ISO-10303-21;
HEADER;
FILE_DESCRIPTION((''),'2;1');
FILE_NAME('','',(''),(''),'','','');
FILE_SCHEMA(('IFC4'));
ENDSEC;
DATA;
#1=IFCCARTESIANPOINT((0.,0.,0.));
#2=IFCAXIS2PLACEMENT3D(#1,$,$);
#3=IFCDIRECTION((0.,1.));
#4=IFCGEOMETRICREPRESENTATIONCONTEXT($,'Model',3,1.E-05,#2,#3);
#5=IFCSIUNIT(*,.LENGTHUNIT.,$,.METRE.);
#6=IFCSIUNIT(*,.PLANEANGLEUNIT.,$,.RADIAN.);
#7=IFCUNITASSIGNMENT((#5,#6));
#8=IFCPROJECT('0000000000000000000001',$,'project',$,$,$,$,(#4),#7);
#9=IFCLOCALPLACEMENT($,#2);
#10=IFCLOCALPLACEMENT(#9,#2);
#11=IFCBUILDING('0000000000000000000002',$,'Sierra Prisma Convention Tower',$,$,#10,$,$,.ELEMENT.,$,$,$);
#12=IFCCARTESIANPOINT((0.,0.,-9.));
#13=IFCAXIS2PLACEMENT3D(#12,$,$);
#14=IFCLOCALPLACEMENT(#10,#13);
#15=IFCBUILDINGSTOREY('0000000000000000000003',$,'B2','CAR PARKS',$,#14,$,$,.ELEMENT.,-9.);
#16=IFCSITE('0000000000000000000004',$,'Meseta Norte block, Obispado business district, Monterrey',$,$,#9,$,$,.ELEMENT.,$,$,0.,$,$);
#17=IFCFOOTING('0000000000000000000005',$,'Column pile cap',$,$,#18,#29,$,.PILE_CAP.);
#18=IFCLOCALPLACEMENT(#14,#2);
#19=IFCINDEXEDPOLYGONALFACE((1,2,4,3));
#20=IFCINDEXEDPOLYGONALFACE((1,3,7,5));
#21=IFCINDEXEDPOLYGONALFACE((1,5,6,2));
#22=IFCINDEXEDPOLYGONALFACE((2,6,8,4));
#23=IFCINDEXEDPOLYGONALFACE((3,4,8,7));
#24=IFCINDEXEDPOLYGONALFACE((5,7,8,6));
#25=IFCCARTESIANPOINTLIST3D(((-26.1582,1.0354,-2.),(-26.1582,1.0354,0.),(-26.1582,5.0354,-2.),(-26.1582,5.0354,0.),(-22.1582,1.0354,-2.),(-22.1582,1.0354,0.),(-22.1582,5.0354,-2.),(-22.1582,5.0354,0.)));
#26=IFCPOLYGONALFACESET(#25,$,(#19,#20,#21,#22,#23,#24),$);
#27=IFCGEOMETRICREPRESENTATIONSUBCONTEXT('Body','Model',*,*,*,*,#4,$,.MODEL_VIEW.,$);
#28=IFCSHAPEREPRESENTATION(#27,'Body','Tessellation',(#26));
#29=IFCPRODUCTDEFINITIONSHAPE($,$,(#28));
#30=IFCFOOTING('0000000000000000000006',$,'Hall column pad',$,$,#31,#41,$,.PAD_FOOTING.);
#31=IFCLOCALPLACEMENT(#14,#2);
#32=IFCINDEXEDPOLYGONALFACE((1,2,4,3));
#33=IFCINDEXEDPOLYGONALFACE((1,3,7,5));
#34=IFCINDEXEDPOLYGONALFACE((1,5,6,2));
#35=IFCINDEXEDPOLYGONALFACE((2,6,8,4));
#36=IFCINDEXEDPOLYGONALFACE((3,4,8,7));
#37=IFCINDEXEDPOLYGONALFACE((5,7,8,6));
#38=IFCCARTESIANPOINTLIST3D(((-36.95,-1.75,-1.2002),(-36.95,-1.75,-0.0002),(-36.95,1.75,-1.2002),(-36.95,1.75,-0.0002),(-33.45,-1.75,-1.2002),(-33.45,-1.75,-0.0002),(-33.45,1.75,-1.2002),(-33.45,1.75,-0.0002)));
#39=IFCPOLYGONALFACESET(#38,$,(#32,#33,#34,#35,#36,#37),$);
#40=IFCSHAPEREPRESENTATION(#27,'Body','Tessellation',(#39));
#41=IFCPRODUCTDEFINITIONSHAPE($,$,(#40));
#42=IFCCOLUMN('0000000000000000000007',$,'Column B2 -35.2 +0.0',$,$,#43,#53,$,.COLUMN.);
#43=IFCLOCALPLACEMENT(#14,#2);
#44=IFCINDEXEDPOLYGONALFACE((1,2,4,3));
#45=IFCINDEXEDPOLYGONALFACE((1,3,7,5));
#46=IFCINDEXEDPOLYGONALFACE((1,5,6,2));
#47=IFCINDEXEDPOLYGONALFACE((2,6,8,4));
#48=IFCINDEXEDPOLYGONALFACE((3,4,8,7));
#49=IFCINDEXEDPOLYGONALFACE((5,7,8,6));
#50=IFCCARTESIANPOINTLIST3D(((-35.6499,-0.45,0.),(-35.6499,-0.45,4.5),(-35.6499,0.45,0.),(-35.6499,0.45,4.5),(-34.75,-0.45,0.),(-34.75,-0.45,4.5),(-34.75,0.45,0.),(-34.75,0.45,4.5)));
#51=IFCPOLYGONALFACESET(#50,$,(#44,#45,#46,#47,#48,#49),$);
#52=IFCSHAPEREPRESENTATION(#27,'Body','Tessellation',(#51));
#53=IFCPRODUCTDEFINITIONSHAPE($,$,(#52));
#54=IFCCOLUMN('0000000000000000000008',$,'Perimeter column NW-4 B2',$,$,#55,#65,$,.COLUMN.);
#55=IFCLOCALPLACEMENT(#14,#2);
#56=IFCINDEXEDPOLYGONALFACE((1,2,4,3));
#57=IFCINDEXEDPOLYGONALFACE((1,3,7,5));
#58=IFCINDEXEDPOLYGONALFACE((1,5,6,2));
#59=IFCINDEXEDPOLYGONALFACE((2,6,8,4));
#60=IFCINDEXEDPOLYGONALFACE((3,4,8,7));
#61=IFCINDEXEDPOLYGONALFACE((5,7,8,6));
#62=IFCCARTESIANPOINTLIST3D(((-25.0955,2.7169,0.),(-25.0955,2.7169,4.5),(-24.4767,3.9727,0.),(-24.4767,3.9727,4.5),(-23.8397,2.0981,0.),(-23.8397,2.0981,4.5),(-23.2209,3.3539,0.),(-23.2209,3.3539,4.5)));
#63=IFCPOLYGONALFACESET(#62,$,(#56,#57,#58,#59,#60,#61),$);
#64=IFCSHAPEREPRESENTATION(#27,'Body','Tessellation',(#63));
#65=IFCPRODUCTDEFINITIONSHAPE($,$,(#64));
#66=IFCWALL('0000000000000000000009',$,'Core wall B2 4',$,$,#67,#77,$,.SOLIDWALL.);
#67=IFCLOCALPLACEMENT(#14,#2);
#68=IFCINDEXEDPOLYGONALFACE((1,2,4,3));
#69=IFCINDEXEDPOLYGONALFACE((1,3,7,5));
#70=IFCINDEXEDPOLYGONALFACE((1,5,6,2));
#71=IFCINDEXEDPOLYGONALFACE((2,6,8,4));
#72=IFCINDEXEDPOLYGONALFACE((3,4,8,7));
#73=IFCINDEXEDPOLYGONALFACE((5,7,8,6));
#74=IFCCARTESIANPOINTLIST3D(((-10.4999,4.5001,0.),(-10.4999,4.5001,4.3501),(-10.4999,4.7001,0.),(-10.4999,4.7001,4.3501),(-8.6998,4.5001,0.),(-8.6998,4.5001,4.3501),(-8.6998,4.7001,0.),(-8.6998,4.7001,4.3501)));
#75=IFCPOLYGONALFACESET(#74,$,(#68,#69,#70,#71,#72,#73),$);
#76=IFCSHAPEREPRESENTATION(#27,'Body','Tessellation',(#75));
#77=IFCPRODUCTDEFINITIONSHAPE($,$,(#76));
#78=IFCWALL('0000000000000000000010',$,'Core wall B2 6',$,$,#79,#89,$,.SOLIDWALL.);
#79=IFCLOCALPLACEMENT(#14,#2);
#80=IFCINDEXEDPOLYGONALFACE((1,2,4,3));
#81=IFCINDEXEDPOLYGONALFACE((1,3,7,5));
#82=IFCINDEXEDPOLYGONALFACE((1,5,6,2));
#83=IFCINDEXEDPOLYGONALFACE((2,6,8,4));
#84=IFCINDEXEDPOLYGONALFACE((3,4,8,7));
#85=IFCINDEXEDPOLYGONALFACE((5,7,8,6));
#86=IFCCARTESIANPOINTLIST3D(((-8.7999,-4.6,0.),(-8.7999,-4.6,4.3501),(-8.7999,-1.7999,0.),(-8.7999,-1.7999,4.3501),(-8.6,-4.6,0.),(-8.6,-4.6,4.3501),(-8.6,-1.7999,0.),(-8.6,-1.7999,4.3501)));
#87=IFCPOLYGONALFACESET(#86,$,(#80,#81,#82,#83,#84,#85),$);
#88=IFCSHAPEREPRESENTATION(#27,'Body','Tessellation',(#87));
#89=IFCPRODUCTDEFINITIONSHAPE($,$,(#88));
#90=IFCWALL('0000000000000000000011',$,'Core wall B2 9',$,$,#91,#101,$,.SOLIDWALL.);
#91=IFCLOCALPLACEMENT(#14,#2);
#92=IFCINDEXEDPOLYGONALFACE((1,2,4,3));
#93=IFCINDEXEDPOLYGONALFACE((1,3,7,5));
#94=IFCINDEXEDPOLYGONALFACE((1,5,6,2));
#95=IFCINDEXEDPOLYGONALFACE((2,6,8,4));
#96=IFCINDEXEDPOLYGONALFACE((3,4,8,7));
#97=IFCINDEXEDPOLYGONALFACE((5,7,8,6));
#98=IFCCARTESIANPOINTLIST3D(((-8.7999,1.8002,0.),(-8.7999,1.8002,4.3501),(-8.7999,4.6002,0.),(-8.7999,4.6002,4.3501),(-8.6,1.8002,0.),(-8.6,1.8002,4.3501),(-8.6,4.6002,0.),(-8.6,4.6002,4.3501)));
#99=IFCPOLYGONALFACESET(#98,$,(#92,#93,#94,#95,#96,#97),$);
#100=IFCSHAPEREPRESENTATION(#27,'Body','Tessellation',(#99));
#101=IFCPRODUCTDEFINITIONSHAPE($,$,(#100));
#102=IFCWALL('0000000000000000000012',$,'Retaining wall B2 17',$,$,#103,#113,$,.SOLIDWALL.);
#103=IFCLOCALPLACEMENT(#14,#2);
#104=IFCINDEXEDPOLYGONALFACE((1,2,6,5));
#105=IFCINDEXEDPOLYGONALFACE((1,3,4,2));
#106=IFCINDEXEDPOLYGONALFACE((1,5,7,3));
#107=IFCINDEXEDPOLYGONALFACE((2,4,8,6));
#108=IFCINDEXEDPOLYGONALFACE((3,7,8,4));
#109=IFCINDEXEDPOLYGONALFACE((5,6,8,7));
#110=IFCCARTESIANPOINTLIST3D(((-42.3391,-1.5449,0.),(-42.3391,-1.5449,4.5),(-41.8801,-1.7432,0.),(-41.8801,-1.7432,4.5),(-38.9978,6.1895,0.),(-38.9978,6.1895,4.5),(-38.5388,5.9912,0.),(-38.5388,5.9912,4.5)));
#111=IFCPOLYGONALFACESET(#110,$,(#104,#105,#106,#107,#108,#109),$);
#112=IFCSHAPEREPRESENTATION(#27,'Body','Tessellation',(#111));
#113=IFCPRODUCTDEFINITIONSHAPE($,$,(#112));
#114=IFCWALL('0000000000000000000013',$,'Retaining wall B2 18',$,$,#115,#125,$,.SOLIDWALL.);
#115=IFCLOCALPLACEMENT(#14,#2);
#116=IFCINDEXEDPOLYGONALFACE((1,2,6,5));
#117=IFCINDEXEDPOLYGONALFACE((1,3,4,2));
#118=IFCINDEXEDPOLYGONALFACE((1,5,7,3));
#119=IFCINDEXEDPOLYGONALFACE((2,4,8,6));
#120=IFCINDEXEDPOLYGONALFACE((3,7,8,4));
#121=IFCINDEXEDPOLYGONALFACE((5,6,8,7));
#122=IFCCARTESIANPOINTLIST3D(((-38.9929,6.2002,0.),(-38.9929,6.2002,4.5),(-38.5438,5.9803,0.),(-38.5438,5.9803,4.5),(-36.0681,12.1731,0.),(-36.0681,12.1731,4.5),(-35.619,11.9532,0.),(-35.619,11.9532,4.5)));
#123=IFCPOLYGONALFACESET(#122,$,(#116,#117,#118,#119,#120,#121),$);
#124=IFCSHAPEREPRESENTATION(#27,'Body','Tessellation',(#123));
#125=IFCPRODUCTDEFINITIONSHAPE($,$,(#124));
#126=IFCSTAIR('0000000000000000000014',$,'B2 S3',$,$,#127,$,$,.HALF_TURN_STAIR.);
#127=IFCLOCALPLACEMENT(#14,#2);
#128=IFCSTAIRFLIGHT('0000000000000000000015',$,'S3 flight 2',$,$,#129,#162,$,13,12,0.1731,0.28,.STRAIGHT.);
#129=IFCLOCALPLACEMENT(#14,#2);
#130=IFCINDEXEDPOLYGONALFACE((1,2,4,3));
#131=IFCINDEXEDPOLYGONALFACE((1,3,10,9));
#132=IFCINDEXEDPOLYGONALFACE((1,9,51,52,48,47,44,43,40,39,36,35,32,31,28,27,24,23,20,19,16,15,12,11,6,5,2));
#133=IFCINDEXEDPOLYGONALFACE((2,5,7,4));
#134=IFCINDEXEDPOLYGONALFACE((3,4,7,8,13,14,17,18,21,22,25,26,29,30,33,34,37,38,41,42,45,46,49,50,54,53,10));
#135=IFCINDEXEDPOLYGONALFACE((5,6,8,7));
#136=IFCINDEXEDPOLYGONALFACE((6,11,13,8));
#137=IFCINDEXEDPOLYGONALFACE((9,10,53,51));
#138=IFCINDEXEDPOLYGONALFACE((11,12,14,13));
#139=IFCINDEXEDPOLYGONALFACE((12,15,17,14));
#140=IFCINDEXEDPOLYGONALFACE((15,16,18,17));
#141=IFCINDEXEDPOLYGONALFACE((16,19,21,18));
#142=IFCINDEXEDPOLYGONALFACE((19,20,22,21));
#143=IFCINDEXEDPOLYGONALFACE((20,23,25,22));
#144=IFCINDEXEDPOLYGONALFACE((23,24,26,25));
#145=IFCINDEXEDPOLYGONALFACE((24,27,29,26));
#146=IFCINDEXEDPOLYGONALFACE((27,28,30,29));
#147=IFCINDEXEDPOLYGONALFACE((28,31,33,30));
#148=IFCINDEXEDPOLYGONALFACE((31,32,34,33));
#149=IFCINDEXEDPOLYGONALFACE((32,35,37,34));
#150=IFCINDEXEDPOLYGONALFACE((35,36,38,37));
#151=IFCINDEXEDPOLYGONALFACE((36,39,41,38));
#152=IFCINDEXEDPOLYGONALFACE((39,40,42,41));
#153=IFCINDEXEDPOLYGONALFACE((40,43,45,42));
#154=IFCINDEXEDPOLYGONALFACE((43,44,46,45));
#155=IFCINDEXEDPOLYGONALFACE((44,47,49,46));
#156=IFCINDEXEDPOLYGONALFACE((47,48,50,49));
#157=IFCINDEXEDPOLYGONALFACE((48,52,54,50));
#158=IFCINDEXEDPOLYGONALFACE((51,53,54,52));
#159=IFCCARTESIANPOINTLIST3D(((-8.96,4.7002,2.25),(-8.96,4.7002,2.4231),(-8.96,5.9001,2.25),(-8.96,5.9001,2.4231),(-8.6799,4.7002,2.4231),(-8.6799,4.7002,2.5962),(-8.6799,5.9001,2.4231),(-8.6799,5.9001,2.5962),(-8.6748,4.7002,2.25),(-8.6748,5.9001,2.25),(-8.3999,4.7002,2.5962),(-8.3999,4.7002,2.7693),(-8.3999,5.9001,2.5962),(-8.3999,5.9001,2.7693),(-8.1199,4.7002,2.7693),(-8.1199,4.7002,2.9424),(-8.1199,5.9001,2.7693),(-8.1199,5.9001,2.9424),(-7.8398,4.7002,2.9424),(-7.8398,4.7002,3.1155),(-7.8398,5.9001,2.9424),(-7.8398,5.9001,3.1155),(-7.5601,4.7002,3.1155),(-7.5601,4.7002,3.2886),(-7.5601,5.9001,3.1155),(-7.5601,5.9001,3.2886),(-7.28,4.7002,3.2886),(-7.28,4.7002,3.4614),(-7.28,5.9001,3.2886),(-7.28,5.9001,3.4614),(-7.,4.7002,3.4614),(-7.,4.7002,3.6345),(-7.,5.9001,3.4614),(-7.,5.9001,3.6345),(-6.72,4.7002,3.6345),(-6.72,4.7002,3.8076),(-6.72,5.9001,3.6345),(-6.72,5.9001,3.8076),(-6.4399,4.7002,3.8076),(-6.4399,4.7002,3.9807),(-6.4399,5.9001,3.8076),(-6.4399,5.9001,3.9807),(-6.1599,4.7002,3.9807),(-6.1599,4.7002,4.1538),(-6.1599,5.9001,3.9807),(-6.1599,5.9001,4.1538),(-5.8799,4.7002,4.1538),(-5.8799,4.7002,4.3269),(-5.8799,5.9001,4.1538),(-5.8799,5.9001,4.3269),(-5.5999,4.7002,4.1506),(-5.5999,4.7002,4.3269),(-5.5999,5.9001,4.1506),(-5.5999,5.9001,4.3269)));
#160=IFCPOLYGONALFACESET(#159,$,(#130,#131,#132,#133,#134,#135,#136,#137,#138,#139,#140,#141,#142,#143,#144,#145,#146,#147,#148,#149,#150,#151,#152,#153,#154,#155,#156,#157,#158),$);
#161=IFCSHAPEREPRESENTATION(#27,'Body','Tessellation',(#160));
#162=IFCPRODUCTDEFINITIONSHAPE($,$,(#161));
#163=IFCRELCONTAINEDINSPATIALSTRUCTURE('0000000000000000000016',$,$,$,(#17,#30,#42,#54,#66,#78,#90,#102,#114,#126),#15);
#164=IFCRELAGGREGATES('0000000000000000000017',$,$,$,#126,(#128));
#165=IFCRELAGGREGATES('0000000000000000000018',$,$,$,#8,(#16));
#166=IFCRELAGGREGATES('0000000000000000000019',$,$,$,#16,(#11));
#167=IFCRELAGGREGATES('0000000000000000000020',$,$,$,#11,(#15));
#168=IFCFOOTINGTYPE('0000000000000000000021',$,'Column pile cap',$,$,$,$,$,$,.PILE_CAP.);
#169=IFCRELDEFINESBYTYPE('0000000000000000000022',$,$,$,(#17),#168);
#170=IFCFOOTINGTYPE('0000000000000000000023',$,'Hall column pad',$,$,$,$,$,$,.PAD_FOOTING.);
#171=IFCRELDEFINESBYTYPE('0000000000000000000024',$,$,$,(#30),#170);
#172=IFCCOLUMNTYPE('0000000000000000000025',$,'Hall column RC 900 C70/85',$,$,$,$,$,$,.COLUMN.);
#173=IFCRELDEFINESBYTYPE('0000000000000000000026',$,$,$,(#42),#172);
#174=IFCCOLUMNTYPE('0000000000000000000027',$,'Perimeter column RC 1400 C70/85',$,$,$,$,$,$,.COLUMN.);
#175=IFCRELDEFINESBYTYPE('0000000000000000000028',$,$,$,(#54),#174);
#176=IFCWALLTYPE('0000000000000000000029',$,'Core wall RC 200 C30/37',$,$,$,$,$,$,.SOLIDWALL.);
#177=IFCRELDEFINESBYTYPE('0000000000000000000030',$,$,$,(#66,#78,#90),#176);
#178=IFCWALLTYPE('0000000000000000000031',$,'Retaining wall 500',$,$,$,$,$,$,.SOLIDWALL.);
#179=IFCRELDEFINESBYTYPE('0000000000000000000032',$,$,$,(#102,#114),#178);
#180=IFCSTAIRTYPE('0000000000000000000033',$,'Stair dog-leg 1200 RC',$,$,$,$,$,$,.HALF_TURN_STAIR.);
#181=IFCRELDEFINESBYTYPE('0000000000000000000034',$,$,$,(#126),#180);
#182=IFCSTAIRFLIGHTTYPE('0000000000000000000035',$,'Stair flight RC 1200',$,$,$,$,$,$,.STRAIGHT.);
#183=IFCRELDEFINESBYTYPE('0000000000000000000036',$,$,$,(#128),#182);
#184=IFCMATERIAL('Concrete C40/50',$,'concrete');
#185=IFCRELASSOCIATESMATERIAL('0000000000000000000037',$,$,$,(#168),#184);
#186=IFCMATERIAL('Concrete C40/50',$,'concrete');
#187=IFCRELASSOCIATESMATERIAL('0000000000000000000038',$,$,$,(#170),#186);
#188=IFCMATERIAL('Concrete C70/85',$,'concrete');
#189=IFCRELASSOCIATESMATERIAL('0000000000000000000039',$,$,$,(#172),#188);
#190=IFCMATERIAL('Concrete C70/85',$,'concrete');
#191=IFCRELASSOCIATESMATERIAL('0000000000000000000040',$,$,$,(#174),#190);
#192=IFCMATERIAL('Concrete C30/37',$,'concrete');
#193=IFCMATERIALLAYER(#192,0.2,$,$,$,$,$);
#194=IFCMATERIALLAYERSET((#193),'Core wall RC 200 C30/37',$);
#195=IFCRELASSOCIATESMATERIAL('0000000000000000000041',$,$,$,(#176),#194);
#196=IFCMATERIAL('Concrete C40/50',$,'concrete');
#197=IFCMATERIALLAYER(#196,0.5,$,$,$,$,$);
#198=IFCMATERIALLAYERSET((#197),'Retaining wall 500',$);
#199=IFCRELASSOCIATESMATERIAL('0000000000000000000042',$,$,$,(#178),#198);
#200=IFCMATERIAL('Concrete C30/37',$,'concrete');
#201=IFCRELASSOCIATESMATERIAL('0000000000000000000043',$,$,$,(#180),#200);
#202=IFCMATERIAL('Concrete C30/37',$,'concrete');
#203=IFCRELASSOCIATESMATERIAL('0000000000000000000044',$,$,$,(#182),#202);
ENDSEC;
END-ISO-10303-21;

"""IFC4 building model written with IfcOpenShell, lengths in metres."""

from ifc_helpers import new_model, si_unit, direction, frame, frame_2d, origin, origin_2d, place, context, subcontext, project, spatial, polyline, rectangle, outline, extrude, material, layer, layer_set, material_profile, profile_set, type_object, element, aggregate, save


model = new_model("IFC4")

# Units and contexts
model_context = context("Model", 3, precision=1e-05, world=origin(), true_north=direction((0.0, 1.0)))
body_context = subcontext(model_context, "Body", "Model", "MODEL_VIEW")
ifc_project = project(units=[si_unit("LENGTHUNIT", "METRE"), si_unit("PLANEANGLEUNIT", "RADIAN")], contexts=[model_context])

# Site, building, storey
site_placement = place(None, origin())
site = spatial("IfcSite", under=ifc_project, at=site_placement, Name="Meseta Norte block, Obispado business district, Monterrey", CompositionType="ELEMENT", RefElevation=0.0)
building_placement = place(site_placement, origin())
building = spatial("IfcBuilding", under=site, at=building_placement, Name="Sierra Prisma Convention Tower", CompositionType="ELEMENT")
storey_placement = place(building_placement, frame((0.0, 0.0, -9.0)))
storey = spatial("IfcBuildingStorey", under=building, at=storey_placement, Name="B2", Description="CAR PARKS", CompositionType="ELEMENT", Elevation=-9.0)

# Footings
ifc_material_1 = material(Name="Concrete C40/50", Category="concrete")
footing_type_1 = type_object("IfcFootingType", Name="Column pile cap", PredefinedType="PILE_CAP", material=ifc_material_1)
footing_1_placement = place(storey_placement, frame((-24.1582, 3.0354, -2.0), z_axis=(0.0, 0.0, 1.0), x_axis=(1.0, 0.0, 0.0)))
element("IfcFooting", 1, at=footing_1_placement, inside=storey, type_object=footing_type_1, Name="Column pile cap", PredefinedType="PILE_CAP", context=body_context, shape_type="SweptSolid", body=[
    extrude(rectangle(XDim=4.0, YDim=4.0, at=origin_2d()), origin(), (0.0, 0.0, 1.0), 2.0),
])
ifc_material_2 = material(Name="Concrete C40/50", Category="concrete")
footing_type_2 = type_object("IfcFootingType", Name="Hall column pad", PredefinedType="PAD_FOOTING", material=ifc_material_2)
footing_2_placement = place(storey_placement, frame((-35.2, 0.0, -1.2002), z_axis=(0.0, 0.0, 1.0), x_axis=(1.0, 0.0, 0.0)))
element("IfcFooting", 2, at=footing_2_placement, inside=storey, type_object=footing_type_2, Name="Hall column pad", PredefinedType="PAD_FOOTING", context=body_context, shape_type="SweptSolid", body=[
    extrude(rectangle(XDim=3.5, YDim=3.5, at=origin_2d()), origin(), (0.0, 0.0, 1.0), 1.2),
])

# Columns
ifc_material_3 = material(Name="Concrete C70/85", Category="concrete")
ifc_material_profile_1 = material_profile(ifc_material_3, rectangle(XDim=0.8999, YDim=0.8999, at=origin_2d()), Name="Hall column RC 900 C70/85")
ifc_profile_set_1 = profile_set([ifc_material_profile_1], Name="Concrete C70/85")
column_type_1 = type_object("IfcColumnType", Name="Hall column RC 900 C70/85", PredefinedType="COLUMN", material=ifc_profile_set_1)
column_1_placement = place(storey_placement, frame((-35.2, 0.0, 0.0), z_axis=(0.0, 0.0, 1.0), x_axis=(1.0, 0.0, 0.0)))
element("IfcColumn", 3, at=column_1_placement, inside=storey, type_object=column_type_1, Name="Column B2 -35.2 +0.0", PredefinedType="COLUMN", context=body_context, shape_type="SweptSolid", body=[
    extrude(rectangle(XDim=0.8999, YDim=0.8999, at=origin_2d()), origin(), (0.0, 0.0, 1.0), 4.5),
])
ifc_material_4 = material(Name="Concrete C70/85", Category="concrete")
ifc_material_profile_2 = material_profile(ifc_material_4, rectangle(XDim=1.3999, YDim=1.3999, at=origin_2d()), Name="Perimeter column RC 1400 C70/85")
ifc_profile_set_2 = profile_set([ifc_material_profile_2], Name="Concrete C70/85")
column_type_2 = type_object("IfcColumnType", Name="Perimeter column RC 1400 C70/85", PredefinedType="COLUMN", material=ifc_profile_set_2)
column_2_placement = place(storey_placement, frame((-24.1582, 3.0354, 0.0), z_axis=(0.0, 0.0, 1.0), x_axis=(0.442023, 0.897004, 0.0)))
element("IfcColumn", 4, at=column_2_placement, inside=storey, type_object=column_type_2, Name="Perimeter column NW-4 B2", PredefinedType="COLUMN", context=body_context, shape_type="SweptSolid", body=[
    extrude(rectangle(XDim=1.3999, YDim=1.3999, at=origin_2d()), origin(), (0.0, 0.0, 1.0), 4.5),
])

# Shared definitions
ifc_material_5 = material(Name="Concrete C30/37", Category="concrete")
ifc_layer_1 = layer(ifc_material_5, 0.2)
ifc_layer_set_1 = layer_set([ifc_layer_1], Name="Core wall RC 200 C30/37")
wall_type_1 = type_object("IfcWallType", Name="Core wall RC 200 C30/37", PredefinedType="SOLIDWALL", material=ifc_layer_set_1)

# Walls
wall_1_placement = place(storey_placement, frame((-8.7, 4.6001, 0.0), z_axis=(0.0, 0.0, 1.0), x_axis=(-1.0, 0.0, 0.0)))
element("IfcWall", 5, at=wall_1_placement, inside=storey, type_object=wall_type_1, Name="Core wall B2 4", PredefinedType="SOLIDWALL", context=body_context, shape_type="SweptSolid", body=[
    extrude(rectangle(XDim=1.8, YDim=0.2, at=frame_2d((0.8999, 0.0))), origin(), (0.0, 0.0, 1.0), 4.3501),
])
wall_2_placement = place(storey_placement, frame((-8.7, -1.8, 0.0), z_axis=(0.0, 0.0, 1.0), x_axis=(0.0, -1.0, 0.0)))
element("IfcWall", 6, at=wall_2_placement, inside=storey, type_object=wall_type_1, Name="Core wall B2 6", PredefinedType="SOLIDWALL", context=body_context, shape_type="SweptSolid", body=[
    extrude(rectangle(XDim=2.8, YDim=0.2, at=frame_2d((1.3999, 0.0))), origin(), (0.0, 0.0, 1.0), 4.3501),
])

# Walls
wall_3_placement = place(storey_placement, frame((-8.7, 4.6001, 0.0), z_axis=(0.0, 0.0, 1.0), x_axis=(0.0, -1.0, 0.0)))
element("IfcWall", 7, at=wall_3_placement, inside=storey, type_object=wall_type_1, Name="Core wall B2 9", PredefinedType="SOLIDWALL", context=body_context, shape_type="SweptSolid", body=[
    extrude(rectangle(XDim=2.8, YDim=0.2, at=frame_2d((1.3999, 0.0))), origin(), (0.0, 0.0, 1.0), 4.3501),
])
ifc_material_6 = material(Name="Concrete C40/50", Category="concrete")
ifc_layer_2 = layer(ifc_material_6, 0.5)
ifc_layer_set_2 = layer_set([ifc_layer_2], Name="Retaining wall 500")
wall_type_2 = type_object("IfcWallType", Name="Retaining wall 500", PredefinedType="SOLIDWALL", material=ifc_layer_set_2)
wall_4_placement = place(storey_placement, frame((-42.1096, -1.644, 0.0), z_axis=(0.0, 0.0, 1.0), x_axis=(0.396583, 0.917999, 0.0)))
element("IfcWall", 8, at=wall_4_placement, inside=storey, type_object=wall_type_2, Name="Retaining wall B2 17", PredefinedType="SOLIDWALL", context=body_context, shape_type="SweptSolid", body=[
    extrude(rectangle(XDim=8.4253, YDim=0.5, at=frame_2d((4.2126, 0.0))), origin(), (0.0, 0.0, 1.0), 4.5),
])
wall_5_placement = place(storey_placement, frame((-38.7683, 6.0903, 0.0), z_axis=(0.0, 0.0, 1.0), x_axis=(0.439783, 0.898104, 0.0)))
element("IfcWall", 9, at=wall_5_placement, inside=storey, type_object=wall_type_2, Name="Retaining wall B2 18", PredefinedType="SOLIDWALL", context=body_context, shape_type="SweptSolid", body=[
    extrude(rectangle(XDim=6.6506, YDim=0.5, at=frame_2d((3.3252, 0.0))), origin(), (0.0, 0.0, 1.0), 4.5),
])

# Stair, stair flight
ifc_material_7 = material(Name="Concrete C30/37", Category="concrete")
stair_type = type_object("IfcStairType", Name="Stair dog-leg 1200 RC", PredefinedType="HALF_TURN_STAIR", material=ifc_material_7)
stair_placement = place(storey_placement, origin())
stair = element("IfcStair", 10, at=stair_placement, inside=storey, type_object=stair_type, Name="B2 S3", PredefinedType="HALF_TURN_STAIR")
ifc_material_8 = material(Name="Concrete C30/37", Category="concrete")
stair_flight_type = type_object("IfcStairFlightType", Name="Stair flight RC 1200", PredefinedType="STRAIGHT", material=ifc_material_8)
stair_flight_placement = place(storey_placement, frame((-8.96, 5.3, 2.25), z_axis=(0.0, 0.0, 1.0), x_axis=(1.0, 0.0, 0.0)))
stair_flight = element("IfcStairFlight", 11, at=stair_flight_placement, type_object=stair_flight_type, Name="S3 flight 2", NumberOfRisers=13, NumberOfTreads=12, PredefinedType="STRAIGHT", RiserHeight=0.1731, TreadLength=0.28, context=body_context, shape_type="SweptSolid", body=[
    extrude(outline(polyline([(0.0, 0.0), (0.0, 0.1731), (0.28, 0.1731), (0.28, 0.3462), (0.5601, 0.3462), (0.5601, 0.5193), (0.8401, 0.5193), (0.8401, 0.6924), (1.1201, 0.6924), (1.1201, 0.8655), (1.3999, 0.8655), (1.3999, 1.0386), (1.6799, 1.0386), (1.6799, 1.2114), (1.96, 1.2114), (1.96, 1.3845), (2.24, 1.3845), (2.24, 1.5576), (2.52, 1.5576), (2.52, 1.7307), (2.8, 1.7307), (2.8, 1.9038), (3.0801, 1.9038), (3.0801, 2.0769), (3.3601, 2.0769), (3.3601, 2.25), (3.3601, 1.9006), (0.2852, 0.0), (0.0, 0.0)])), frame((0.0, 0.6001, 0.0), z_axis=(0.0, -1.0, 0.0), x_axis=(1.0, 0.0, 0.0)), (0.0, 0.0, 1.0), 1.2),
])
aggregate(stair, [stair_flight])

save(model, "model.ifc")
